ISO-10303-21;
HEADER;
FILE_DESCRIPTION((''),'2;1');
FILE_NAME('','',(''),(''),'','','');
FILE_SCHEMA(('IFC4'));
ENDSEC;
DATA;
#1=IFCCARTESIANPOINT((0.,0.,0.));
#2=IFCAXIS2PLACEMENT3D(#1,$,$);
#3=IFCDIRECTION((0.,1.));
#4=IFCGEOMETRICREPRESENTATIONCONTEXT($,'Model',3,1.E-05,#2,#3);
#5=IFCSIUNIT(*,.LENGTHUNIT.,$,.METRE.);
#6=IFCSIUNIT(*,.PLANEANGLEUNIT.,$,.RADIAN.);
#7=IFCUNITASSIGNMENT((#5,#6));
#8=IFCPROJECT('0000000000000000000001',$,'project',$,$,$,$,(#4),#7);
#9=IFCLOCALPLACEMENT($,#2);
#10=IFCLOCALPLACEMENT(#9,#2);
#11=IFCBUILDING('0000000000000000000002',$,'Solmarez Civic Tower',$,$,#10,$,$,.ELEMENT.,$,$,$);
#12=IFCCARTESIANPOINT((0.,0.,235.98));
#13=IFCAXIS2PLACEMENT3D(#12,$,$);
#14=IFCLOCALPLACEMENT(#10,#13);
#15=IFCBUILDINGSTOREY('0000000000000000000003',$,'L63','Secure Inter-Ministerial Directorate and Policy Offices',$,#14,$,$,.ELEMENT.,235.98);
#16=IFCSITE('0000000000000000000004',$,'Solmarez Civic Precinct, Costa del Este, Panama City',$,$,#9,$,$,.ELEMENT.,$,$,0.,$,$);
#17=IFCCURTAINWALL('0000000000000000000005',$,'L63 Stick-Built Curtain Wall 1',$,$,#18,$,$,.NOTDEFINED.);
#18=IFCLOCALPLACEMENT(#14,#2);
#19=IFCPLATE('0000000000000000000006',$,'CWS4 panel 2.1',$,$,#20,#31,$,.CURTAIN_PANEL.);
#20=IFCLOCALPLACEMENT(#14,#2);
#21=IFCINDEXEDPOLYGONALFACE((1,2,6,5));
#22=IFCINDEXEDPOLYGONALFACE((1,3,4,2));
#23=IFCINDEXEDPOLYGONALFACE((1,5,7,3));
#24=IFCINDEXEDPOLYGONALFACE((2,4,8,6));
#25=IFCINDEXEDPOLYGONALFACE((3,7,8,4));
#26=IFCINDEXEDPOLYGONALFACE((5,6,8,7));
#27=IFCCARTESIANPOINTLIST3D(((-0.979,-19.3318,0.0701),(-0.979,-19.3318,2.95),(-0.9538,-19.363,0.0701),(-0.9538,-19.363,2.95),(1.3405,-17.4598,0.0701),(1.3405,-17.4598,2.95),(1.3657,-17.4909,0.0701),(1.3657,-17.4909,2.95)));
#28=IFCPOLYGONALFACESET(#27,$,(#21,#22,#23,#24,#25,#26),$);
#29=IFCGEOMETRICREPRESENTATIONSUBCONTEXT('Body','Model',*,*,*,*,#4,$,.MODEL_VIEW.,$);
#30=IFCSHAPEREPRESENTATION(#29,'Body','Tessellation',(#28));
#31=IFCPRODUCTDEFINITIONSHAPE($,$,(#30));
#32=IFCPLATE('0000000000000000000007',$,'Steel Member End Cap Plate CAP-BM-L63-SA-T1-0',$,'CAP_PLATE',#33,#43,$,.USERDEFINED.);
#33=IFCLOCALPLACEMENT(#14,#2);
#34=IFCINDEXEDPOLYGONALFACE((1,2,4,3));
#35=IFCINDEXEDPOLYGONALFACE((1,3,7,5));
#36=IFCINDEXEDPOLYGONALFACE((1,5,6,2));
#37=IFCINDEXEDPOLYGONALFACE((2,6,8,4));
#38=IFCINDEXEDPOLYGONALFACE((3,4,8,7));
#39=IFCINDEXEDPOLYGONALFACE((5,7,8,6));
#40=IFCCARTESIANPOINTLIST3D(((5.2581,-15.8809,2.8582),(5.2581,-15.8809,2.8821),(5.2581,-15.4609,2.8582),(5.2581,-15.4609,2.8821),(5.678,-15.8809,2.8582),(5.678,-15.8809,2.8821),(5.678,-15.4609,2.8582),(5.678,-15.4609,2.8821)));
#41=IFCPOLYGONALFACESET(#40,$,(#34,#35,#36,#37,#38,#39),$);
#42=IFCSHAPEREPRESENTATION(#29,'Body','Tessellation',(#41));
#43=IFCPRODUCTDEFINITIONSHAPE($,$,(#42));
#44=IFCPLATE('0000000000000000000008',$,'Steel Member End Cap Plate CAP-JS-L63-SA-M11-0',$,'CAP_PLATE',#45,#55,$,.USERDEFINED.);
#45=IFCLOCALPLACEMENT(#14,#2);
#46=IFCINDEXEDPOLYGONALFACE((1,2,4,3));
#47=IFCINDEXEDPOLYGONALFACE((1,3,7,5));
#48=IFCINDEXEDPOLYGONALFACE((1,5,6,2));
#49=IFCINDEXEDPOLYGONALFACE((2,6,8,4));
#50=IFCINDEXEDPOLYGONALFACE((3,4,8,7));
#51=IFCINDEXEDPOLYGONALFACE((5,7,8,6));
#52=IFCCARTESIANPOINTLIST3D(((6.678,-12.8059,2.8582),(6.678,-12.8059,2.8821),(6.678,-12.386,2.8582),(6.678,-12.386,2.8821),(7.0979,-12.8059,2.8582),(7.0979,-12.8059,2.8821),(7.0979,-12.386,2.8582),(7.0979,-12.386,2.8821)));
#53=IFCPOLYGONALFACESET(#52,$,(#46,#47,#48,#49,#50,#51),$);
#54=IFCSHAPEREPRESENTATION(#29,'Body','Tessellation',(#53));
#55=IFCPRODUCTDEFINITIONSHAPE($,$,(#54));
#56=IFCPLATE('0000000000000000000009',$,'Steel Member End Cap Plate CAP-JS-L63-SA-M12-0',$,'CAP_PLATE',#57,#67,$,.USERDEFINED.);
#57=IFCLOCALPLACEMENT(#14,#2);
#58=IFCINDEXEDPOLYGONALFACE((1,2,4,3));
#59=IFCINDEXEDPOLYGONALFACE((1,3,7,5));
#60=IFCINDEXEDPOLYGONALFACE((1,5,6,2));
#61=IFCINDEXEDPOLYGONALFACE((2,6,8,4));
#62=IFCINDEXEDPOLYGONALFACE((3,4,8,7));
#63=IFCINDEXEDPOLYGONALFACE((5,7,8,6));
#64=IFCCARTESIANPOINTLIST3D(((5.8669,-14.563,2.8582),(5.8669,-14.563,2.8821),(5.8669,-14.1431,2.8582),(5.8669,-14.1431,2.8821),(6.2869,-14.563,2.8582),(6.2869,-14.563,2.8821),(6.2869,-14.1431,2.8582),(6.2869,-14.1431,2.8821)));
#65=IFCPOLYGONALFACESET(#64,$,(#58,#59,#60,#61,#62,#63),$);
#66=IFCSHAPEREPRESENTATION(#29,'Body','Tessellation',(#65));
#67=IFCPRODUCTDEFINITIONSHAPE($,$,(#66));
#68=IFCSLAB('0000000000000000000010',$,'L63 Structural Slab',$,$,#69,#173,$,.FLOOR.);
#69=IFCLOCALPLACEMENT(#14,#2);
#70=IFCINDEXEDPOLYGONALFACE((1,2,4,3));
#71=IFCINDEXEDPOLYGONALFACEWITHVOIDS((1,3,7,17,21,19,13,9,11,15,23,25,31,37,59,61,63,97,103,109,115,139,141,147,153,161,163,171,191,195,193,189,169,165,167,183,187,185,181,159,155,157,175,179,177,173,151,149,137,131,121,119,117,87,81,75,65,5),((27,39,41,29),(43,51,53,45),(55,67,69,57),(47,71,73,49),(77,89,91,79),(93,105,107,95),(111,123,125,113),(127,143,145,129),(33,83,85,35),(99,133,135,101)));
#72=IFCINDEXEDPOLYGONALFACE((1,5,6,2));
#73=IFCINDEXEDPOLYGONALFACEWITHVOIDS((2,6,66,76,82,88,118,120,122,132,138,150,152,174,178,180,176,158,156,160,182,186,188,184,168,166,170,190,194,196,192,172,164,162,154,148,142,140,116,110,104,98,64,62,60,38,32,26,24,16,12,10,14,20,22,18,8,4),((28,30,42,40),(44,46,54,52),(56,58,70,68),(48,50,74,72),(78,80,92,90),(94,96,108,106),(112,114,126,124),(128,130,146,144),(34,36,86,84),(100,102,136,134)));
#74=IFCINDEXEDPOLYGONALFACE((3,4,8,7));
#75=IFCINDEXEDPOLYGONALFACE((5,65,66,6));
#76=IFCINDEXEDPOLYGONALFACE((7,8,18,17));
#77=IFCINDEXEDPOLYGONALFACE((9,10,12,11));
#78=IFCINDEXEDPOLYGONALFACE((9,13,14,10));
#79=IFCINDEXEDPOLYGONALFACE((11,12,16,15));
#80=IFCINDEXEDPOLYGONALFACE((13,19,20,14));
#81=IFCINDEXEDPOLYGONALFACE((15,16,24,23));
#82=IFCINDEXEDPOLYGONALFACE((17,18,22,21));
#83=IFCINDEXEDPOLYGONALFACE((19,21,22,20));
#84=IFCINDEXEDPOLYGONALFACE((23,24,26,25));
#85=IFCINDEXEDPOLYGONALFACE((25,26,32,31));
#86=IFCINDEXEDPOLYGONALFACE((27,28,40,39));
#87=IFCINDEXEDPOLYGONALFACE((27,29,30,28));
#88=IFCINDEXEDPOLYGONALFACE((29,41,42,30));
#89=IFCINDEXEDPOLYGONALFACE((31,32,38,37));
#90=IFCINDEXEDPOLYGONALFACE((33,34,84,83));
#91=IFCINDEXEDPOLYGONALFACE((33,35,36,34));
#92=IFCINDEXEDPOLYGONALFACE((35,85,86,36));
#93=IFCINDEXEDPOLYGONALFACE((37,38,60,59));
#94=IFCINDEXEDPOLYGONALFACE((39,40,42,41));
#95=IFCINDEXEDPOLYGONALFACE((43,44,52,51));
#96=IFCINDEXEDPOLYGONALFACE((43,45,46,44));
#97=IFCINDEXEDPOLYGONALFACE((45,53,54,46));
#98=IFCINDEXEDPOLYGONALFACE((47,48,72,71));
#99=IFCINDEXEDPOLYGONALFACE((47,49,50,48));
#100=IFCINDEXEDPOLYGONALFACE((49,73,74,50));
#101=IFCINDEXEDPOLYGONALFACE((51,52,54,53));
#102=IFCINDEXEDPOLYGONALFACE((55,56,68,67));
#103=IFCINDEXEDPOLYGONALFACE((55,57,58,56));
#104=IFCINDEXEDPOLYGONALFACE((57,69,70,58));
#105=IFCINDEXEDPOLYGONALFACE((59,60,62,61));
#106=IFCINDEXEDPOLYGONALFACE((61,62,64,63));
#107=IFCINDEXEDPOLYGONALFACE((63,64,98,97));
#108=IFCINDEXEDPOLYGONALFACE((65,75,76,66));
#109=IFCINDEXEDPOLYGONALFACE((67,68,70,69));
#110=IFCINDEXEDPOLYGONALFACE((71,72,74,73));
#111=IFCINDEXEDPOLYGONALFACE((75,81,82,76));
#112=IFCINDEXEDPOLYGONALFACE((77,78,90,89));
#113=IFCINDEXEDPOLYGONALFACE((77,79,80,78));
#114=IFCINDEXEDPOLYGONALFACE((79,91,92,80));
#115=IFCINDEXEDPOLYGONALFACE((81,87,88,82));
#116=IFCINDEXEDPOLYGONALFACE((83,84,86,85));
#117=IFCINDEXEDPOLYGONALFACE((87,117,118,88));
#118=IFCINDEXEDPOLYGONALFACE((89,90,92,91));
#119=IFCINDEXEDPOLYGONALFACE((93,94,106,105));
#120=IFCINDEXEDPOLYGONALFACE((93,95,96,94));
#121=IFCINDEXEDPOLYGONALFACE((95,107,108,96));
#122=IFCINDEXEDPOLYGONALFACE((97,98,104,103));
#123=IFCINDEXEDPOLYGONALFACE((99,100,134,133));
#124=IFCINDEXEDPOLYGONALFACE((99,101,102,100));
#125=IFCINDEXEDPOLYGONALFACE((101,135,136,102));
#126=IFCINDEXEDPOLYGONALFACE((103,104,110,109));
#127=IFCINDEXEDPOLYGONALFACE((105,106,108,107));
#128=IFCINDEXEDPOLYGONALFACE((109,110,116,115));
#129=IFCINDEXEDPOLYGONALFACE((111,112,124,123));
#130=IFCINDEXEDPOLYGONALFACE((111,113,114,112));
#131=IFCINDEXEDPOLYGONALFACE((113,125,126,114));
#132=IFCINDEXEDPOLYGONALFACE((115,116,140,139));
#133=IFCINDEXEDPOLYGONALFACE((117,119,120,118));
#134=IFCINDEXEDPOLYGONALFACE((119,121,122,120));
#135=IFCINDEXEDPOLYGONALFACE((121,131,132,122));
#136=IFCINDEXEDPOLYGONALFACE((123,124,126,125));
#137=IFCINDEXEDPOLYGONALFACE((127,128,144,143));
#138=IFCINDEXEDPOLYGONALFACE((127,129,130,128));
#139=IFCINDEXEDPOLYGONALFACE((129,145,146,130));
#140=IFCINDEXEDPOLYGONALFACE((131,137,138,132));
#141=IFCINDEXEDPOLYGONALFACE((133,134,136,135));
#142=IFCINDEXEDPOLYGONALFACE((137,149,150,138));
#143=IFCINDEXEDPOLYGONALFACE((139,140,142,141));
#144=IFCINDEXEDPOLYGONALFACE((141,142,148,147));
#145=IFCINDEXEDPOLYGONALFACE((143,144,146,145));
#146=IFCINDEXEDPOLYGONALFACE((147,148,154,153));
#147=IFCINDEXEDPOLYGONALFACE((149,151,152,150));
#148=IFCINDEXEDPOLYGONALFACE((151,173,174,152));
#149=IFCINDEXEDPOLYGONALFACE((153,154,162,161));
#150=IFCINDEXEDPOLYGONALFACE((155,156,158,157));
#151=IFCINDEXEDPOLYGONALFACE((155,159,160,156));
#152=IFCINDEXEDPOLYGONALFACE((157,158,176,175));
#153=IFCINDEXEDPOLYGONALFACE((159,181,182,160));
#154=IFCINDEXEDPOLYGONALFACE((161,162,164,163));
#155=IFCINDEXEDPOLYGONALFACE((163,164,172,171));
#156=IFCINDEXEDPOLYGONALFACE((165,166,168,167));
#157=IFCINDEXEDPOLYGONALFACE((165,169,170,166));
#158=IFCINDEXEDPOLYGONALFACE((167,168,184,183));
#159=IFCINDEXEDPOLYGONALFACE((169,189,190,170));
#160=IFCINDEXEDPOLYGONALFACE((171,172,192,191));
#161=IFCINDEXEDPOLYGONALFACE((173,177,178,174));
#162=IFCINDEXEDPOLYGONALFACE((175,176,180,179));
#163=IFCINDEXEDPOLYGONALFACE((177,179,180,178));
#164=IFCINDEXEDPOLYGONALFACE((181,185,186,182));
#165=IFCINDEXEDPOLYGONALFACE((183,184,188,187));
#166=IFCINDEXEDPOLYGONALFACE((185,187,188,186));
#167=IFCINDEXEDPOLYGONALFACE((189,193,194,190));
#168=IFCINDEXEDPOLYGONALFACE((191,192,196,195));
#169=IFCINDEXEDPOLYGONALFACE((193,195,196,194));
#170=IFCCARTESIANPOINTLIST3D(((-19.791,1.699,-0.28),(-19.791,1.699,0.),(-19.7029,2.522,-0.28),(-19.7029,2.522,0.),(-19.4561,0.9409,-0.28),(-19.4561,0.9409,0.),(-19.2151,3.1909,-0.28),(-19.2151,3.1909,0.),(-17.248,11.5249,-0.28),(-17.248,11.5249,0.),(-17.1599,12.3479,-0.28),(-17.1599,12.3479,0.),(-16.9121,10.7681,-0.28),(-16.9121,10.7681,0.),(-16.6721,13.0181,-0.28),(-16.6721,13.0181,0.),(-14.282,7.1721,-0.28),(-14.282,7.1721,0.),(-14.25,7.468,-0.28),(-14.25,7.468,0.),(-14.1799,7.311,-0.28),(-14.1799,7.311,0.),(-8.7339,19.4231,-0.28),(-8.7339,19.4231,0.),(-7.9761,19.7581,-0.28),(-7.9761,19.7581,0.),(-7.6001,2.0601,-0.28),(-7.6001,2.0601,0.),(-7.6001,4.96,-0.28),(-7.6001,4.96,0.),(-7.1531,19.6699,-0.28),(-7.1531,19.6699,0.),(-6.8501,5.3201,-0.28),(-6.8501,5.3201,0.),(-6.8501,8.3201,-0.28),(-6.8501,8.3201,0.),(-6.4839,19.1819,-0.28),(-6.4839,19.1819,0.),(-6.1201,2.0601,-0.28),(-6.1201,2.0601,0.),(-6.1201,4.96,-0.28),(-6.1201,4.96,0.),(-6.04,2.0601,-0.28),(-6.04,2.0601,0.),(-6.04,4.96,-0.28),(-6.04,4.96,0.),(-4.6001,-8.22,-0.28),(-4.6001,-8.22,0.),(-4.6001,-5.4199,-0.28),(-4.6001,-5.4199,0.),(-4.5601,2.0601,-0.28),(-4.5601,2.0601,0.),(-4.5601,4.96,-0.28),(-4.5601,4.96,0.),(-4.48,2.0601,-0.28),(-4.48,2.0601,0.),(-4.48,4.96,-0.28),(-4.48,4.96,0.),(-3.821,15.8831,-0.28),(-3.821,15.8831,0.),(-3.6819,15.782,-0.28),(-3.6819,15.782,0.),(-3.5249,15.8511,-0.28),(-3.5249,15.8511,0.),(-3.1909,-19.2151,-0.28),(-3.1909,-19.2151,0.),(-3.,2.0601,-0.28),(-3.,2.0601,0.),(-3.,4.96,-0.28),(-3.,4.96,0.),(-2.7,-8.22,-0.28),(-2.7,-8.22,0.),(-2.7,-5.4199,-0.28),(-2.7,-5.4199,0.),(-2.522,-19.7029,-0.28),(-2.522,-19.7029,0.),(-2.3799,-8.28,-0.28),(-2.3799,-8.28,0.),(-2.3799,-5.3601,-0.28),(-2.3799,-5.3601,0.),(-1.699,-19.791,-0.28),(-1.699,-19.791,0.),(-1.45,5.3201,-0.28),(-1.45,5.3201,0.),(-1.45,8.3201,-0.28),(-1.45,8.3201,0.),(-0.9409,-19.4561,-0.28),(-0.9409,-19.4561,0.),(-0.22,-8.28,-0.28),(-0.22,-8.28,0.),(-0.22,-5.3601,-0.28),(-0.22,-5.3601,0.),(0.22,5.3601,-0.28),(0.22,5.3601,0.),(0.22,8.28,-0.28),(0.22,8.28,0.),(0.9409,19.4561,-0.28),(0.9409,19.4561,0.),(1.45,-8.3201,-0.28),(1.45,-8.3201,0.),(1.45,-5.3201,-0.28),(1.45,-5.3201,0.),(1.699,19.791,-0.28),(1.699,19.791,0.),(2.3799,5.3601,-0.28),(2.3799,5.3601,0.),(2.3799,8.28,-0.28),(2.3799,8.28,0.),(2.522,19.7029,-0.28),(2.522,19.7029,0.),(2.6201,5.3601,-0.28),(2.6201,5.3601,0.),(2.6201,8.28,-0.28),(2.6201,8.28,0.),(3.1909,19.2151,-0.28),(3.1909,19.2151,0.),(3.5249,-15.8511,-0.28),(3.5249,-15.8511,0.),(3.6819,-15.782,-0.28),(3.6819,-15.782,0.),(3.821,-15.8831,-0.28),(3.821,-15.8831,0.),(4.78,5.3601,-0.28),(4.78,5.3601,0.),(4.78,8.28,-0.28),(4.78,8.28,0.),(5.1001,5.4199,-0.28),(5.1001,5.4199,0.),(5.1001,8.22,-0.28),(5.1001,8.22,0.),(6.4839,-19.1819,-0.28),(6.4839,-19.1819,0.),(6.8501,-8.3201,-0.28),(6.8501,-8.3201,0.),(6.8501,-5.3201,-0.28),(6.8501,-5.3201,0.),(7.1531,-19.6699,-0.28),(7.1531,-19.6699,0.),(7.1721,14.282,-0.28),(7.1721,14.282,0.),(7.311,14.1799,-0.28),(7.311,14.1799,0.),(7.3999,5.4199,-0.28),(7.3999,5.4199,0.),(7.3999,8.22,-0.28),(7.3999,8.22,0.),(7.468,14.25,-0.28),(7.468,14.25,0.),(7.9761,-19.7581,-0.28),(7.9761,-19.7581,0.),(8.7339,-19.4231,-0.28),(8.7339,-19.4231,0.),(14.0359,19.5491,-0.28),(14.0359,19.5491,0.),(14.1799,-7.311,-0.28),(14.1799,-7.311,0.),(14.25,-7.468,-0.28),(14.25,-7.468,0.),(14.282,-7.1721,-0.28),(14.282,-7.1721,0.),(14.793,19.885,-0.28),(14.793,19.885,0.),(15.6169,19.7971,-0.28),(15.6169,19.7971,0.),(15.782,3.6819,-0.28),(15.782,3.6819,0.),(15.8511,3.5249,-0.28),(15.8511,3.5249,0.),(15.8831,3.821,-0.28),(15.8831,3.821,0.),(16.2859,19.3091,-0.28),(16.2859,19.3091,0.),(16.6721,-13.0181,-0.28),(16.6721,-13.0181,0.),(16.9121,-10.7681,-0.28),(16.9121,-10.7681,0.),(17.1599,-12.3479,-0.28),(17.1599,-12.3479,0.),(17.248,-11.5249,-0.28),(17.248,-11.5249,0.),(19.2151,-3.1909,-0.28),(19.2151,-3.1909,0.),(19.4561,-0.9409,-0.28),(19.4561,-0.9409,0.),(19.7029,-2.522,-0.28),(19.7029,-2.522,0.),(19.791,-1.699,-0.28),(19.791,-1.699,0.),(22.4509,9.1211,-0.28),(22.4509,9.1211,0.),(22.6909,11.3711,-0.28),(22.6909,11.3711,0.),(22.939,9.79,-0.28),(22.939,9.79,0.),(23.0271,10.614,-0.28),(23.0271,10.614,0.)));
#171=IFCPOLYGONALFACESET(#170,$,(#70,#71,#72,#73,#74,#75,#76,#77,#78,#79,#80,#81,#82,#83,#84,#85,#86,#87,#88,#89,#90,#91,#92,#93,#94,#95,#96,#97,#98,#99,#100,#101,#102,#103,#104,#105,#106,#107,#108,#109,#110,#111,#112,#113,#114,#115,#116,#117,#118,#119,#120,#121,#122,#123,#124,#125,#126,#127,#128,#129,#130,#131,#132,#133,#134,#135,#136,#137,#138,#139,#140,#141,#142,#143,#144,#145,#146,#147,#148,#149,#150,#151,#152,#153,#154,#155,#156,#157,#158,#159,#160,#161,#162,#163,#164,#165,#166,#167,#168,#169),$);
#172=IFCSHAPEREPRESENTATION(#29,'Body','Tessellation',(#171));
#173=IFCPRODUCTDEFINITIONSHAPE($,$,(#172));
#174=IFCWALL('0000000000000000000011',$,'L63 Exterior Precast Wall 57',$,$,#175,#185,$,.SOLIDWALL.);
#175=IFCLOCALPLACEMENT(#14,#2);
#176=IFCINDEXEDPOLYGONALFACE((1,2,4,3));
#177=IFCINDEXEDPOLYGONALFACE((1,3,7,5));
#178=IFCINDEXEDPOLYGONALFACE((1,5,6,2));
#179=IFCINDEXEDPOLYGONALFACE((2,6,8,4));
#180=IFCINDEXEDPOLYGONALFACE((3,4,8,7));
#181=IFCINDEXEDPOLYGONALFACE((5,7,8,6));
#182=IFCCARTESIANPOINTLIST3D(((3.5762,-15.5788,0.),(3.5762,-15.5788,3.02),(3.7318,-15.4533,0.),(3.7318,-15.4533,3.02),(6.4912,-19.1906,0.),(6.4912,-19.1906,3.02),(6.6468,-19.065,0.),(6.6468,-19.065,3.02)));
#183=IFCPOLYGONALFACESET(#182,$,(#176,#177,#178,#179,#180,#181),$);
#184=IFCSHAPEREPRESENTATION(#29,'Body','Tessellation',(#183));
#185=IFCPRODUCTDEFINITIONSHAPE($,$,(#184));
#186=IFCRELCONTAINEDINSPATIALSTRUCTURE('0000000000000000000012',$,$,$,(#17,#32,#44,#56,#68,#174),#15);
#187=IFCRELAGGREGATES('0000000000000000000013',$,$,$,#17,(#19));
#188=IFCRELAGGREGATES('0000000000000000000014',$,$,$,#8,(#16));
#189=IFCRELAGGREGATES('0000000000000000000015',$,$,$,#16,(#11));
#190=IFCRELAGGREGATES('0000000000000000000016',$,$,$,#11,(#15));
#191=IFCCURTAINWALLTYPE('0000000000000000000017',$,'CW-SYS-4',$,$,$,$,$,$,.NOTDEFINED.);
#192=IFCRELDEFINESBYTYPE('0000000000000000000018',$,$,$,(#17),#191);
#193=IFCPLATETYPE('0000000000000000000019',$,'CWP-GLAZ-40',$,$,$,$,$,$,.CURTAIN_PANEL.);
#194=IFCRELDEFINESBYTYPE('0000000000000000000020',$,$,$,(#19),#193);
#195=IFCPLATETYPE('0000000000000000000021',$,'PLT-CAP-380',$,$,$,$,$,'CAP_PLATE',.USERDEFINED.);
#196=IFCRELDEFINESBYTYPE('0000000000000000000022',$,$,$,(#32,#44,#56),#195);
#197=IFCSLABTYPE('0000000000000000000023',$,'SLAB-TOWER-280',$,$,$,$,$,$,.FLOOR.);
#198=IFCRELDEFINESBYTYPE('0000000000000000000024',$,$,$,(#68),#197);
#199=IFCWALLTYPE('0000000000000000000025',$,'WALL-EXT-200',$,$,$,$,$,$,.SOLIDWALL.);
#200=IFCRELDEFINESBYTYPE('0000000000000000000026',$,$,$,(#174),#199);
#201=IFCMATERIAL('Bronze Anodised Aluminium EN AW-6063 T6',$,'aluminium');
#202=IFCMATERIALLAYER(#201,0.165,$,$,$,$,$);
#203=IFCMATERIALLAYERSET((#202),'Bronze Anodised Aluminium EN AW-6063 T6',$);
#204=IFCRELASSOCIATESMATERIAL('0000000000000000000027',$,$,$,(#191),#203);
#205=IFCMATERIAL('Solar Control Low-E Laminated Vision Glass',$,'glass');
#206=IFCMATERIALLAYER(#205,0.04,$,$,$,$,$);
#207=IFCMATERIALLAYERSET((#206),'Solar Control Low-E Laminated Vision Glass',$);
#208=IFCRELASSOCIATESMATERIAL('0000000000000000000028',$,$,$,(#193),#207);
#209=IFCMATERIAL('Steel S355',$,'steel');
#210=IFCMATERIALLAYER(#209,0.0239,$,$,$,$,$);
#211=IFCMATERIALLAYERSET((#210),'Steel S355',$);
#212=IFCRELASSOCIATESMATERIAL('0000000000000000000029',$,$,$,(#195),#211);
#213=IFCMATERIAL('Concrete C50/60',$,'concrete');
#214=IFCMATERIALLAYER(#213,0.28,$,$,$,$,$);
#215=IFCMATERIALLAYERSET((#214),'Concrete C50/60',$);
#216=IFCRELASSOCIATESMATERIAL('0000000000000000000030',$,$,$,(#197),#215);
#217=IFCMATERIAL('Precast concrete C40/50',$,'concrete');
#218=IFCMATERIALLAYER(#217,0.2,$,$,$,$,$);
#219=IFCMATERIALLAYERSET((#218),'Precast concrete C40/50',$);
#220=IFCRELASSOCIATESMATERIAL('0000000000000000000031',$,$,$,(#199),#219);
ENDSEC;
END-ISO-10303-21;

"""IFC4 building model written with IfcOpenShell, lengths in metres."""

from ifc_helpers import new_model, si_unit, direction, frame, frame_2d, origin, origin_2d, place, context, subcontext, project, spatial, polyline, rectangle, outline, extrude, material, layer, layer_set, type_object, element, aggregate, save


model = new_model("IFC4")

# Units and contexts
model_context = context("Model", 3, precision=1e-05, world=origin(), true_north=direction((0.0, 1.0)))
body_context = subcontext(model_context, "Body", "Model", "MODEL_VIEW")
ifc_project = project(units=[si_unit("LENGTHUNIT", "METRE"), si_unit("PLANEANGLEUNIT", "RADIAN")], contexts=[model_context])

# Site, building, storey
site_placement = place(None, origin())
site = spatial("IfcSite", under=ifc_project, at=site_placement, Name="Solmarez Civic Precinct, Costa del Este, Panama City", CompositionType="ELEMENT", RefElevation=0.0)
building_placement = place(site_placement, origin())
building = spatial("IfcBuilding", under=site, at=building_placement, Name="Solmarez Civic Tower", CompositionType="ELEMENT")
storey_placement = place(building_placement, frame((0.0, 0.0, 235.98)))
storey = spatial("IfcBuildingStorey", under=building, at=storey_placement, Name="L63", Description="Secure Inter-Ministerial Directorate and Policy Offices", CompositionType="ELEMENT", Elevation=235.98)

# Shared definitions
ifc_material_1 = material(Name="Steel S355", Category="steel")

# Shared definitions
ifc_material_2 = material(Name="Concrete C50/60", Category="concrete")

# Curtain wall, plate
ifc_material_3 = material(Name="Bronze Anodised Aluminium EN AW-6063 T6", Category="aluminium")
ifc_layer_1 = layer(ifc_material_3, 0.165)
ifc_layer_set_1 = layer_set([ifc_layer_1], Name="Bronze Anodised Aluminium EN AW-6063 T6")
curtain_wall_type = type_object("IfcCurtainWallType", Name="CW-SYS-4", PredefinedType="NOTDEFINED", material=ifc_layer_set_1)
curtain_wall_placement = place(storey_placement, origin())
curtain_wall = element("IfcCurtainWall", 1, at=curtain_wall_placement, inside=storey, type_object=curtain_wall_type, Name="L63 Stick-Built Curtain Wall 1", PredefinedType="NOTDEFINED")
ifc_material_4 = material(Name="Solar Control Low-E Laminated Vision Glass", Category="glass")
ifc_layer_2 = layer(ifc_material_4, 0.04)
ifc_layer_set_2 = layer_set([ifc_layer_2], Name="Solar Control Low-E Laminated Vision Glass")
plate_type_1 = type_object("IfcPlateType", Name="CWP-GLAZ-40", PredefinedType="CURTAIN_PANEL", material=ifc_layer_set_2)
plate_1_placement = place(storey_placement, frame((0.1934, -18.4114, 0.0701), z_axis=(0.0, 0.0, 1.0), x_axis=(-0.778177, -0.628045, 0.0)))
plate_1 = element("IfcPlate", 2, at=plate_1_placement, type_object=plate_type_1, Name="CWS4 panel 2.1", PredefinedType="CURTAIN_PANEL", context=body_context, shape_type="SweptSolid", body=[
    extrude(rectangle(XDim=2.9807, YDim=0.04, at=origin_2d()), origin(), (0.0, 0.0, 1.0), 2.8799),
])
aggregate(curtain_wall, [plate_1])

# Plates
ifc_layer_3 = layer(ifc_material_1, 0.0239)
ifc_layer_set_3 = layer_set([ifc_layer_3], Name="Steel S355")
plate_type_2 = type_object("IfcPlateType", Name="PLT-CAP-380", ElementType="CAP_PLATE", PredefinedType="USERDEFINED", material=ifc_layer_set_3)
for number, where, z_axis, x_axis, name in (
    (3, (5.468, -15.6709, 2.8582), (0.0, 0.0, 1.0), (1.0, 0.0, 0.0), "Steel Member End Cap Plate CAP-BM-L63-SA-T1-0"),
    (4, (6.8879, -12.5959, 2.8582), (0.0, 0.0, 1.0), (1.0, 0.0, 0.0), "Steel Member End Cap Plate CAP-JS-L63-SA-M11-0"),
    (5, (6.0769, -14.353, 2.8582), (0.0, 0.0, 1.0), (1.0, 0.0, 0.0), "Steel Member End Cap Plate CAP-JS-L63-SA-M12-0"),
):
    element("IfcPlate", number, at=place(storey_placement, frame(where, z_axis=z_axis, x_axis=x_axis)), inside=storey, type_object=plate_type_2, Name=name, ObjectType="CAP_PLATE", PredefinedType="USERDEFINED", context=body_context, shape_type="SweptSolid", body=[
        extrude(rectangle(XDim=0.4199, YDim=0.4199, at=origin_2d()), origin(), (0.0, 0.0, 1.0), 0.0239),
    ])

# Slab
ifc_layer_4 = layer(ifc_material_2, 0.28)
ifc_layer_set_4 = layer_set([ifc_layer_4], Name="Concrete C50/60")
slab_type = type_object("IfcSlabType", Name="SLAB-TOWER-280", PredefinedType="FLOOR", material=ifc_layer_set_4)
slab_placement = place(storey_placement, frame((0.0, 0.0, -0.28)))
element("IfcSlab", 6, at=slab_placement, inside=storey, type_object=slab_type, Name="L63 Structural Slab", PredefinedType="FLOOR", context=body_context, shape_type="SweptSolid", body=[
    extrude(outline(polyline([(3.821, -15.8831), (6.4839, -19.1819), (7.1531, -19.6699), (7.9761, -19.7581), (8.7339, -19.4231), (16.6721, -13.0181), (17.1599, -12.3479), (17.248, -11.5249), (16.9121, -10.7681), (14.25, -7.468), (14.1799, -7.311), (14.282, -7.1721), (19.2151, -3.1909), (19.7029, -2.522), (19.791, -1.699), (19.4561, -0.9409), (15.8511, 3.5249), (15.782, 3.6819), (15.8831, 3.821), (22.4509, 9.1211), (22.939, 9.79), (23.0271, 10.614), (22.6909, 11.3711), (16.2859, 19.3091), (15.6169, 19.7971), (14.793, 19.885), (14.0359, 19.5491), (7.468, 14.25), (7.311, 14.1799), (7.1721, 14.282), (3.1909, 19.2151), (2.522, 19.7029), (1.699, 19.791), (0.9409, 19.4561), (-3.5249, 15.8511), (-3.6819, 15.782), (-3.821, 15.8831), (-6.4839, 19.1819), (-7.1531, 19.6699), (-7.9761, 19.7581), (-8.7339, 19.4231), (-16.6721, 13.0181), (-17.1599, 12.3479), (-17.248, 11.5249), (-16.9121, 10.7681), (-14.25, 7.468), (-14.1799, 7.311), (-14.282, 7.1721), (-19.2151, 3.1909), (-19.7029, 2.522), (-19.791, 1.699), (-19.4561, 0.9409), (-3.1909, -19.2151), (-2.522, -19.7029), (-1.699, -19.791), (-0.9409, -19.4561), (3.5249, -15.8511), (3.6819, -15.782), (3.821, -15.8831)]), holes=[polyline([(-1.45, 8.3201), (-6.8501, 8.3201), (-6.8501, 5.3201), (-1.45, 5.3201), (-1.45, 8.3201)]), polyline([(1.45, -8.3201), (6.8501, -8.3201), (6.8501, -5.3201), (1.45, -5.3201), (1.45, -8.3201)]), polyline([(0.22, 5.3601), (2.3799, 5.3601), (2.3799, 8.28), (0.22, 8.28), (0.22, 5.3601)]), polyline([(2.6201, 5.3601), (4.78, 5.3601), (4.78, 8.28), (2.6201, 8.28), (2.6201, 5.3601)]), polyline([(-2.3799, -8.28), (-0.22, -8.28), (-0.22, -5.3601), (-2.3799, -5.3601), (-2.3799, -8.28)]), polyline([(-7.6001, 2.0601), (-6.1201, 2.0601), (-6.1201, 4.96), (-7.6001, 4.96), (-7.6001, 2.0601)]), polyline([(-6.04, 2.0601), (-4.5601, 2.0601), (-4.5601, 4.96), (-6.04, 4.96), (-6.04, 2.0601)]), polyline([(-4.48, 2.0601), (-3.0, 2.0601), (-3.0, 4.96), (-4.48, 4.96), (-4.48, 2.0601)]), polyline([(5.1001, 5.4199), (7.3999, 5.4199), (7.3999, 8.22), (5.1001, 8.22), (5.1001, 5.4199)]), polyline([(-4.6001, -8.22), (-2.7, -8.22), (-2.7, -5.4199), (-4.6001, -5.4199), (-4.6001, -8.22)])]), origin(), (0.0, 0.0, 1.0), 0.28),
])

# Wall
ifc_material_5 = material(Name="Precast concrete C40/50", Category="concrete")
ifc_layer_5 = layer(ifc_material_5, 0.2)
ifc_layer_set_5 = layer_set([ifc_layer_5], Name="Precast concrete C40/50")
wall_type_1 = type_object("IfcWallType", Name="WALL-EXT-200", PredefinedType="SOLIDWALL", material=ifc_layer_set_5)
wall_1_placement = place(storey_placement, frame((6.5691, -19.1279, 0.0), z_axis=(0.0, 0.0, 1.0), x_axis=(-0.628051, 0.778173, 0.0)))
element("IfcWall", 7, at=wall_1_placement, inside=storey, type_object=wall_type_1, Name="L63 Exterior Precast Wall 57", PredefinedType="SOLIDWALL", context=body_context, shape_type="SweptSolid", body=[
    extrude(rectangle(XDim=4.6414, YDim=0.2, at=frame_2d((2.3208, 0.0))), origin(), (0.0, 0.0, 1.0), 3.02),
])

save(model, "model.ifc")
